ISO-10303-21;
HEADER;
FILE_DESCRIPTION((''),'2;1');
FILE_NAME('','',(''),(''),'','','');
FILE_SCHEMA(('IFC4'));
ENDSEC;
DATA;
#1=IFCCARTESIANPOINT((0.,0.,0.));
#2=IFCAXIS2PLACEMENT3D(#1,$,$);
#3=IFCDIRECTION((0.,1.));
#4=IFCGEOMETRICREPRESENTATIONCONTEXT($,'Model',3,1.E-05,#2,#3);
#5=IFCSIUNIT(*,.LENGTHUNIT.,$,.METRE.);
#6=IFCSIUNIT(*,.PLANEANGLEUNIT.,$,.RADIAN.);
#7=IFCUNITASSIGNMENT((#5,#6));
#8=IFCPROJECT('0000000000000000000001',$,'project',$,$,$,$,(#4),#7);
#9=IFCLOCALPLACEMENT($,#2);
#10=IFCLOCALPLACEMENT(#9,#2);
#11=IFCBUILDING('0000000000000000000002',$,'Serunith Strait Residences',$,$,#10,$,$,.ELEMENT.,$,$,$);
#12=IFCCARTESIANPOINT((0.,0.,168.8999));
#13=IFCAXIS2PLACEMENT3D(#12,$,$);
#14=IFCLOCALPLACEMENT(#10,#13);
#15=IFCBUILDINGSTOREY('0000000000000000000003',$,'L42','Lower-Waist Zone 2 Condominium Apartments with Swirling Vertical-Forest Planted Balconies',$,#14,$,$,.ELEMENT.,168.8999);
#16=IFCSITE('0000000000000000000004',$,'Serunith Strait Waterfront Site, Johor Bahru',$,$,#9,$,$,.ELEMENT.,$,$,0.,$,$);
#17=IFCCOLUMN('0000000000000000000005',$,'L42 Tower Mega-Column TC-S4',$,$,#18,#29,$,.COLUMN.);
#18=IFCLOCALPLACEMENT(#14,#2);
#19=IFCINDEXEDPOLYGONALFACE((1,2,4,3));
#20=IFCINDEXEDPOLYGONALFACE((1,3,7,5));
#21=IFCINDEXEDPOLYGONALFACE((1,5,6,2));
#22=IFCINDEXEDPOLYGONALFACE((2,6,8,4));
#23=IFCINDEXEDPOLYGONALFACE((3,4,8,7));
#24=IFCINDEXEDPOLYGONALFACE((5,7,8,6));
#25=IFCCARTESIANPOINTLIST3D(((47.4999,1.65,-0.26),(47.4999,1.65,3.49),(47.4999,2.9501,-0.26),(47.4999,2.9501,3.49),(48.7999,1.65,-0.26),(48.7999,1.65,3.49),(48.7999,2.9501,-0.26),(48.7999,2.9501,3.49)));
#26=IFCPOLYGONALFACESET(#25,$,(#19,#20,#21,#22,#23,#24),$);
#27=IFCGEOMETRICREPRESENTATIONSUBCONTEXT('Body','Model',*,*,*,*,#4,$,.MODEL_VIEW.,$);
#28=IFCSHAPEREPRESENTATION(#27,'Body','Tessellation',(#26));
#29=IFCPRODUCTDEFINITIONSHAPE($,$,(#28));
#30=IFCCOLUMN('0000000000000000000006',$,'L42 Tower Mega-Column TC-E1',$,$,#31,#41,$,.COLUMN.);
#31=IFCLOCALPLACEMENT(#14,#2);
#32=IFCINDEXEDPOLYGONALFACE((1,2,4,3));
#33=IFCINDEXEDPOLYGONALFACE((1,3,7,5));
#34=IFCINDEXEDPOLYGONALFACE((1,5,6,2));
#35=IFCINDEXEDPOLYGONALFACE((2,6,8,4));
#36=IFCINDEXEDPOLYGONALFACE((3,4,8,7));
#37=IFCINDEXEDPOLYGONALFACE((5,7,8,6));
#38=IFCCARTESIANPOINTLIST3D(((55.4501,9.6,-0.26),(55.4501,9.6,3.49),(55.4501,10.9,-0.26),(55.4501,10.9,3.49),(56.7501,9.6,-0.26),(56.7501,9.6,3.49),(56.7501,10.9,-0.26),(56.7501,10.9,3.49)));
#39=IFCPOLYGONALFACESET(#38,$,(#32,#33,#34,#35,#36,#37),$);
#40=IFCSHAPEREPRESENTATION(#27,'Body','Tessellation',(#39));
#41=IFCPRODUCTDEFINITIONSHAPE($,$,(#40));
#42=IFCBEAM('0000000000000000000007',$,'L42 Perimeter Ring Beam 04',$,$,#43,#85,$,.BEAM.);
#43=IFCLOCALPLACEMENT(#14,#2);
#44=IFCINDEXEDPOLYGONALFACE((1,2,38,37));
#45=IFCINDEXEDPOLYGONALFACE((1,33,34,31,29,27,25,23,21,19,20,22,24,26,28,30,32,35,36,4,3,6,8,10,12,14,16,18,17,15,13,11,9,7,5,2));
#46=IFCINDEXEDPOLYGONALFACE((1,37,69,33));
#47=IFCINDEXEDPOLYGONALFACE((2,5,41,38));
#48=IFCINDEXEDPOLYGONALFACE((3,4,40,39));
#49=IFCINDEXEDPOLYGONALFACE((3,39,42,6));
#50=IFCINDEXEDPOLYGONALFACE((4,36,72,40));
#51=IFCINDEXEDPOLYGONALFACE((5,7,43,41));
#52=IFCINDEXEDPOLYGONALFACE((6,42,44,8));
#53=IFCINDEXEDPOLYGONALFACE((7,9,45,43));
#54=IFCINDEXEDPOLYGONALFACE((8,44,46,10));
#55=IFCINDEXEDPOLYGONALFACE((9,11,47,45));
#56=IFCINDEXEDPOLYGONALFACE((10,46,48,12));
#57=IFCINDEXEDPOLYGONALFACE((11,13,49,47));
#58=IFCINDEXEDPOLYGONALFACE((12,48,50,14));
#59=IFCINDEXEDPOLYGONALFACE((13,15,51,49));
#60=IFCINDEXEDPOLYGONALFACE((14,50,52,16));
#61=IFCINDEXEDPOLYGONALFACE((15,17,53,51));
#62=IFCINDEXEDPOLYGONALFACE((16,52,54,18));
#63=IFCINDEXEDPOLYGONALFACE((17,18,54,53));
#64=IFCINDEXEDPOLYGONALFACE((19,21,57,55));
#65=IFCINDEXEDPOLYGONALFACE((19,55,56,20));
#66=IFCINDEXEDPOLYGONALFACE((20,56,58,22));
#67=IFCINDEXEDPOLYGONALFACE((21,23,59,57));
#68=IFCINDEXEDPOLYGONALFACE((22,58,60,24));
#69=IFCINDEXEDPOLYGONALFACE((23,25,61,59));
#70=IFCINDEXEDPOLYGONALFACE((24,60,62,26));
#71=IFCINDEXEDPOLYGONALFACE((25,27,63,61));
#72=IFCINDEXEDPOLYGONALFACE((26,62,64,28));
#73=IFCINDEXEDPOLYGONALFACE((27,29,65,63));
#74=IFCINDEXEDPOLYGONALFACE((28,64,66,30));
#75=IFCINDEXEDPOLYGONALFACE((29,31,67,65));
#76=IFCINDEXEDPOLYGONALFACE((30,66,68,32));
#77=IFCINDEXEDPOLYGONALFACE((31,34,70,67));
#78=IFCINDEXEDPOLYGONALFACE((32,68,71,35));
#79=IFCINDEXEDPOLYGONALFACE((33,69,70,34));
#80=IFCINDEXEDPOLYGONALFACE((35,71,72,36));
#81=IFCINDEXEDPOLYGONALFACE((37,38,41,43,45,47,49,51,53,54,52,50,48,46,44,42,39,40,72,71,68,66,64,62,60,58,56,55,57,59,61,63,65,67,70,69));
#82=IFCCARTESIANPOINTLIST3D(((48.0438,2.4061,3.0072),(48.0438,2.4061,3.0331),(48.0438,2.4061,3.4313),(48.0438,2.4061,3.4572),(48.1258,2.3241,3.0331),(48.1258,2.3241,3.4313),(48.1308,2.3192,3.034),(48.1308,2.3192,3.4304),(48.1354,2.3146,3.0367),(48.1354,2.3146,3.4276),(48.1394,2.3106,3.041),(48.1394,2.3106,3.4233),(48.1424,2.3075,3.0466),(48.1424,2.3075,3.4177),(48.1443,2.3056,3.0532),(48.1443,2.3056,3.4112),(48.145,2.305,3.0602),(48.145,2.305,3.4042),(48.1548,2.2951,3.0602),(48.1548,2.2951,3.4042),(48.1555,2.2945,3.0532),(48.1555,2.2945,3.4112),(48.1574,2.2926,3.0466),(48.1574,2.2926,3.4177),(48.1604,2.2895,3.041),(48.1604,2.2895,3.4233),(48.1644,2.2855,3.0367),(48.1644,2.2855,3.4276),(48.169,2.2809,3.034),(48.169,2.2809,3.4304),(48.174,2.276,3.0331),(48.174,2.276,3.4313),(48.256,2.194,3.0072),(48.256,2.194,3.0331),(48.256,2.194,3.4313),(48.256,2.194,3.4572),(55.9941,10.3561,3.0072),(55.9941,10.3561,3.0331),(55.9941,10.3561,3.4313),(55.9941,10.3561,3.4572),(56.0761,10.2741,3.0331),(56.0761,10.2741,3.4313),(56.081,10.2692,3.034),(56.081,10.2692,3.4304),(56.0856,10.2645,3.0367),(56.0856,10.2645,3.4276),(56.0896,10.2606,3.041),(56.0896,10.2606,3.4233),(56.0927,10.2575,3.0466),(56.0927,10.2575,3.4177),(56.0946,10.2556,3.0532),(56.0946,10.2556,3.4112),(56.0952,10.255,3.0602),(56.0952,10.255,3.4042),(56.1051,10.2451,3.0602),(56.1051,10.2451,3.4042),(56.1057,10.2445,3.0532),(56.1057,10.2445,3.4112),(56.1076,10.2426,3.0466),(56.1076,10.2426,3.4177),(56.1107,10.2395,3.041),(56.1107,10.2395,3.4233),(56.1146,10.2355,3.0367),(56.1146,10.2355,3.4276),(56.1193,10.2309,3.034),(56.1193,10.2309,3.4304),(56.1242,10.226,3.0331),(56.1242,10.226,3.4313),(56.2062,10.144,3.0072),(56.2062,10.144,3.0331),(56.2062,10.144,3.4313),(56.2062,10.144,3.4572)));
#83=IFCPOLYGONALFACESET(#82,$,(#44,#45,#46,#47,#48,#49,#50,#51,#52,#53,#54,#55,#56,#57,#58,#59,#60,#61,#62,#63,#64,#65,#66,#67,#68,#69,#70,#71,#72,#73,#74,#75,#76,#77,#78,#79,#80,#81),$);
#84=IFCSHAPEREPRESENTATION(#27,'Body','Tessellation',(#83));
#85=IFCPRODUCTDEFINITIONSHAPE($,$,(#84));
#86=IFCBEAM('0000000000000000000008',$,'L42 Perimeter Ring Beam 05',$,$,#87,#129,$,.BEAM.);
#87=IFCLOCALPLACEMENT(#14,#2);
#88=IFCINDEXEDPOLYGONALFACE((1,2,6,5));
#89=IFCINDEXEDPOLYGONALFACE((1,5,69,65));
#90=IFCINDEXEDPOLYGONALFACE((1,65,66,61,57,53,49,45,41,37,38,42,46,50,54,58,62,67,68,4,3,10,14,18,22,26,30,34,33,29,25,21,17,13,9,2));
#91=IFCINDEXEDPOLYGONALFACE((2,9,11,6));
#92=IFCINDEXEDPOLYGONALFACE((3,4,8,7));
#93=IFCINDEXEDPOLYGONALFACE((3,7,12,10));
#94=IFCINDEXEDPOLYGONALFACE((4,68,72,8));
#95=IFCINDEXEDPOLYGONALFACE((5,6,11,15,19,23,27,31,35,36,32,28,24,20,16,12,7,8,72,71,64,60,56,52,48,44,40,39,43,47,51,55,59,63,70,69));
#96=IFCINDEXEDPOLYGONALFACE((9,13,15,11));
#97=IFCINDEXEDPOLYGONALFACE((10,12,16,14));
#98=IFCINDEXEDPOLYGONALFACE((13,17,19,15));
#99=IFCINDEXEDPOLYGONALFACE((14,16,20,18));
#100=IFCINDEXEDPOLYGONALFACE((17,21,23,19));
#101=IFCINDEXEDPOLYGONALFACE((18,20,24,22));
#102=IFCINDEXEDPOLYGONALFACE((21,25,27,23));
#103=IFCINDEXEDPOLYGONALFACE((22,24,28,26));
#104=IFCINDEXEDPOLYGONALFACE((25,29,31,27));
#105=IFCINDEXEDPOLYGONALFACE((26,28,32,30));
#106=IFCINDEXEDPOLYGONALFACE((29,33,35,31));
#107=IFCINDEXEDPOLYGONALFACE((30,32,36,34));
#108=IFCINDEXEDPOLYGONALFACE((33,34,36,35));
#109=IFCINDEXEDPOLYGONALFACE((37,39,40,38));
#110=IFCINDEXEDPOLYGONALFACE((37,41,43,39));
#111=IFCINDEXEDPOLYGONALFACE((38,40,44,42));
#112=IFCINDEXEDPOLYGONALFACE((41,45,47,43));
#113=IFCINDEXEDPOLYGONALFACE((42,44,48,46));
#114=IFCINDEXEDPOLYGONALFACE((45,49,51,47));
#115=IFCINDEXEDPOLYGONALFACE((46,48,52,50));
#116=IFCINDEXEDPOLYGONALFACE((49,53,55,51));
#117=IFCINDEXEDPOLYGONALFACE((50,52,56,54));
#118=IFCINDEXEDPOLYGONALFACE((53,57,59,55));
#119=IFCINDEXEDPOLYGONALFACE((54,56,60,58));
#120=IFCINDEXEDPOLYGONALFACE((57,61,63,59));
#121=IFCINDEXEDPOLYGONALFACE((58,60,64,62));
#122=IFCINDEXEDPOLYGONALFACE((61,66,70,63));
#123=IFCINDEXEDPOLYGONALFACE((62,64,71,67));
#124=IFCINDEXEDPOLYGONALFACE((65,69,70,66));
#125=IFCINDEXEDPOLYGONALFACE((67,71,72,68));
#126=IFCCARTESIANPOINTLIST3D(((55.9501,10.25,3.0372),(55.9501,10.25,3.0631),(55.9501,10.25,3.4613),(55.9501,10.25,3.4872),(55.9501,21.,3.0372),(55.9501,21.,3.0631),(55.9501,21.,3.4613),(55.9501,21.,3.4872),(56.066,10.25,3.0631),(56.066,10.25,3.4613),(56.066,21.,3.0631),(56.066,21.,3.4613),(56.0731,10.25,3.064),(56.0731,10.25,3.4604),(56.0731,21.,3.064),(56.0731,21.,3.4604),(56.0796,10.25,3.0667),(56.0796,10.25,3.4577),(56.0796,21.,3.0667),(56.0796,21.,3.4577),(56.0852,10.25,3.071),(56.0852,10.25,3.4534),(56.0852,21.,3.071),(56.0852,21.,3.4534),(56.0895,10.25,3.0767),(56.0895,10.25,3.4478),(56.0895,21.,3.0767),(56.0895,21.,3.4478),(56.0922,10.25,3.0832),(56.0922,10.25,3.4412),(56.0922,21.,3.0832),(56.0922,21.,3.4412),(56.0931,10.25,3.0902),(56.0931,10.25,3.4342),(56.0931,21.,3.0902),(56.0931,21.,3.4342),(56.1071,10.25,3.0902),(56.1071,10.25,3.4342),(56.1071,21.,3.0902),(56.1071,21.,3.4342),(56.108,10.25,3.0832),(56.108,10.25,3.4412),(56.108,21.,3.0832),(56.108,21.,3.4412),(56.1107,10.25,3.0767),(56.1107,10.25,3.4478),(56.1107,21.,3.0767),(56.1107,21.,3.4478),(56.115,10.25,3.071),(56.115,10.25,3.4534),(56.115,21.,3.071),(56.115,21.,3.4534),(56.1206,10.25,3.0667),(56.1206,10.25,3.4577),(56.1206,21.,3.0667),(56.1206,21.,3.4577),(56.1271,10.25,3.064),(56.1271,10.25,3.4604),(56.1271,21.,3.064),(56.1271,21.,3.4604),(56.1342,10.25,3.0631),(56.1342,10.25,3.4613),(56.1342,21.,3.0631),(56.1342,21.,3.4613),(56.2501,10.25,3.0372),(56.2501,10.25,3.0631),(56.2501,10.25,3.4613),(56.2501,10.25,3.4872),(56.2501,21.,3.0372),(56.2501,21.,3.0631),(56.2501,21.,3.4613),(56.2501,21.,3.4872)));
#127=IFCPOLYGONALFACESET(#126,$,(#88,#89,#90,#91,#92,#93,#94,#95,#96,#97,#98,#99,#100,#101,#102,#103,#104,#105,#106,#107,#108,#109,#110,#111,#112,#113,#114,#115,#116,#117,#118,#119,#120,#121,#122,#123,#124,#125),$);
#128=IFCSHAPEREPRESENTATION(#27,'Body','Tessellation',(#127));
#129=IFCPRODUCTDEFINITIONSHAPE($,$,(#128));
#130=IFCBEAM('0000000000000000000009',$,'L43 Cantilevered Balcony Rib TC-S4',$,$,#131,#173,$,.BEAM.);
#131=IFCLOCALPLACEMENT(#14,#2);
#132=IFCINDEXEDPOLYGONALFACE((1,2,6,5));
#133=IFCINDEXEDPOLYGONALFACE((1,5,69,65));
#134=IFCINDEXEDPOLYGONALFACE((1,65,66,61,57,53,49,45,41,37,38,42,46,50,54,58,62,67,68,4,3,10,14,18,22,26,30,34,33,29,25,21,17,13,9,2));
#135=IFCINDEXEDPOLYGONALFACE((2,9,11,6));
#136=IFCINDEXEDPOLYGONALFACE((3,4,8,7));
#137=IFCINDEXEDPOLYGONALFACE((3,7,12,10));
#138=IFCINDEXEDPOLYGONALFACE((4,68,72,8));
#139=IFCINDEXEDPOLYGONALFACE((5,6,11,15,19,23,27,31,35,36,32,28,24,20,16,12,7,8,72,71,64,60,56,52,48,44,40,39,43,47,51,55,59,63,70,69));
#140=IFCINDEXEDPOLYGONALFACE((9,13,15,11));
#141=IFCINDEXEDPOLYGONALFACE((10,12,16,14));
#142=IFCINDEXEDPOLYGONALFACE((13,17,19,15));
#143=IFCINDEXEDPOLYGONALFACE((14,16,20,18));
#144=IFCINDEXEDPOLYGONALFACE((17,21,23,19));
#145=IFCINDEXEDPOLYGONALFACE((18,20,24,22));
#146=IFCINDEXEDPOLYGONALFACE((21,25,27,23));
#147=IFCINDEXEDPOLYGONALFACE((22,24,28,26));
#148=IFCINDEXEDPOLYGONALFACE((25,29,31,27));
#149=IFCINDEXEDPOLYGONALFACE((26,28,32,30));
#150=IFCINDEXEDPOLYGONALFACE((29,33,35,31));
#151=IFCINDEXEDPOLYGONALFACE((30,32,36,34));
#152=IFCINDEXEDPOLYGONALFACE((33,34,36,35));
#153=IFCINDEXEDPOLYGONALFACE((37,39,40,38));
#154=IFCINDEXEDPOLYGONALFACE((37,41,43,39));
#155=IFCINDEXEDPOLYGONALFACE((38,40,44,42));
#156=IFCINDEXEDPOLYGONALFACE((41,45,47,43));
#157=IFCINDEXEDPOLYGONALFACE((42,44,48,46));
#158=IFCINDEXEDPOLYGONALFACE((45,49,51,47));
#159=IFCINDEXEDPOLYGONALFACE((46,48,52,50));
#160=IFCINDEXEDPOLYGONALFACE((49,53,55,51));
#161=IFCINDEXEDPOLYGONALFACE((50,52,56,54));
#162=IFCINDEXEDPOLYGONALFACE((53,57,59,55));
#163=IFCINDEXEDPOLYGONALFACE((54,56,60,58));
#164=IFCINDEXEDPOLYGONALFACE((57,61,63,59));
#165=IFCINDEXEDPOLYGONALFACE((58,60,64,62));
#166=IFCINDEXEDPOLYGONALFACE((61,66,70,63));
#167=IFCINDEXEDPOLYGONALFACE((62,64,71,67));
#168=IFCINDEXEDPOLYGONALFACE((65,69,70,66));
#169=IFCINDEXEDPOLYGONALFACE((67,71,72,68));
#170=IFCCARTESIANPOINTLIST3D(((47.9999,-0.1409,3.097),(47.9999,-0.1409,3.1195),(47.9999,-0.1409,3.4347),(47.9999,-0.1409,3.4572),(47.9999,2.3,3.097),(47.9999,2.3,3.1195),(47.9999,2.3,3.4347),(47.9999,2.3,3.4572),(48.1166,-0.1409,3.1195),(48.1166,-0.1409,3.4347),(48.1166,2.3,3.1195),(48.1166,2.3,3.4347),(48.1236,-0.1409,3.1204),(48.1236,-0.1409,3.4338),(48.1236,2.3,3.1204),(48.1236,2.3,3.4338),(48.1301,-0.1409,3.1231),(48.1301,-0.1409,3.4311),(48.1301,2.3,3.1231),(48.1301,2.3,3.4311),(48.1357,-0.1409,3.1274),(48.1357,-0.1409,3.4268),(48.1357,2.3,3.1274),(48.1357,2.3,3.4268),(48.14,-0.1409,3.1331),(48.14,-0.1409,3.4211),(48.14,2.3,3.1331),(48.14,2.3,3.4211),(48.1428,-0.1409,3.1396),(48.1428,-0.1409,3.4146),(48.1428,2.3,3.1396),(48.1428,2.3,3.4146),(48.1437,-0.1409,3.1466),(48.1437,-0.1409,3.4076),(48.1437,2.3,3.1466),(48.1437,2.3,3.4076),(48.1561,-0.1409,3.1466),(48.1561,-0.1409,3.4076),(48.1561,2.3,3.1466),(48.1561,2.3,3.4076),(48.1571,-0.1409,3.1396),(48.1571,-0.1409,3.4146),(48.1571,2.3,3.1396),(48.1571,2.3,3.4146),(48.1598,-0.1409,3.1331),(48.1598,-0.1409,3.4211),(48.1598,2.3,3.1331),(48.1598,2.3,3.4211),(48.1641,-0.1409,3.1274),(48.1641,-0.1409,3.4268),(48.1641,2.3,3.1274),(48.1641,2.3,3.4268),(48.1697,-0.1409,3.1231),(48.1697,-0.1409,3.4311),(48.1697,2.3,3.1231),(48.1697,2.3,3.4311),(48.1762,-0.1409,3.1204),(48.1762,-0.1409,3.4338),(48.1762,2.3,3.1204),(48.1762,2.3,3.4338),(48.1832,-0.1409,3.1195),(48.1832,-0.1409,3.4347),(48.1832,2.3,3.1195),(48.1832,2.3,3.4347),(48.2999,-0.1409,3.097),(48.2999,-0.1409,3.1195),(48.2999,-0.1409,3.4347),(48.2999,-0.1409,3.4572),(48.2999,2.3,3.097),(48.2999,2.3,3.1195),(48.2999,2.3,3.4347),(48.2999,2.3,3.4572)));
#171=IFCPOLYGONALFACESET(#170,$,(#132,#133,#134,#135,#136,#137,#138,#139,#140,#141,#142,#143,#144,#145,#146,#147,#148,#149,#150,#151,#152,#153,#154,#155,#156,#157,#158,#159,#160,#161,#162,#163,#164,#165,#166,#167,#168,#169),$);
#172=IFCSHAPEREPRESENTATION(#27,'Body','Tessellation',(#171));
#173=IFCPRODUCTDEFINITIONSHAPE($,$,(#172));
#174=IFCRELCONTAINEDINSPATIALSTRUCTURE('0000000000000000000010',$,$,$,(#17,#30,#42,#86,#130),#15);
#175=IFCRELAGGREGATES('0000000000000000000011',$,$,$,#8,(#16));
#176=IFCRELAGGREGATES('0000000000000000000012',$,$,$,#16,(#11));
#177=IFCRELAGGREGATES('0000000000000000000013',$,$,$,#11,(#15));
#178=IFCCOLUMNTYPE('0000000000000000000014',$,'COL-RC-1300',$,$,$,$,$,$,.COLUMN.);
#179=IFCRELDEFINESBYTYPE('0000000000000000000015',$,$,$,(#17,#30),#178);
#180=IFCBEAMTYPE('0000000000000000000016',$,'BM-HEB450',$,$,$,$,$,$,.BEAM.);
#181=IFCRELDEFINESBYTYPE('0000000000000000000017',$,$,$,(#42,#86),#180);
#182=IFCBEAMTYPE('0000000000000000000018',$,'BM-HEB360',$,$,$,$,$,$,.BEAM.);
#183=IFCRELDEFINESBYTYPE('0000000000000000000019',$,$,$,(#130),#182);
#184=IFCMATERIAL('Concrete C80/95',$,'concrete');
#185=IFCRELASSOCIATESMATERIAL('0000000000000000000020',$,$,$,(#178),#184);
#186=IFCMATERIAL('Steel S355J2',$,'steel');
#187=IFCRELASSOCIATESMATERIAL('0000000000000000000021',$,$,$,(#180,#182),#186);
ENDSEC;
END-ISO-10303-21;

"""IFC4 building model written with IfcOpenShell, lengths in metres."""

from ifc_helpers import new_model, si_unit, direction, frame, origin, origin_2d, place, context, subcontext, project, spatial, rectangle, i_section, extrude, source, transform, mapped, material, material_profile, profile_set, type_object, element, save


model = new_model("IFC4")

# Units and contexts
model_context = context("Model", 3, precision=1e-05, world=origin(), true_north=direction((0.0, 1.0)))
body_context = subcontext(model_context, "Body", "Model", "MODEL_VIEW")
ifc_project = project(units=[si_unit("LENGTHUNIT", "METRE"), si_unit("PLANEANGLEUNIT", "RADIAN")], contexts=[model_context])

# Site, building, storey
site_placement = place(None, origin())
site = spatial("IfcSite", under=ifc_project, at=site_placement, Name="Serunith Strait Waterfront Site, Johor Bahru", CompositionType="ELEMENT", RefElevation=0.0)
building_placement = place(site_placement, origin())
building = spatial("IfcBuilding", under=site, at=building_placement, Name="Serunith Strait Residences", CompositionType="ELEMENT")
storey_placement = place(building_placement, frame((0.0, 0.0, 168.8999)))
storey = spatial("IfcBuildingStorey", under=building, at=storey_placement, Name="L42", Description="Lower-Waist Zone 2 Condominium Apartments with Swirling Vertical-Forest Planted Balconies", CompositionType="ELEMENT", Elevation=168.8999)

# Columns
ifc_material_1 = material(Name="Concrete C80/95", Category="concrete")
ifc_material_profile_1 = material_profile(ifc_material_1, rectangle(XDim=1.3, YDim=1.3, at=origin_2d()), Name="RC 1300x1300")
ifc_profile_set_1 = profile_set([ifc_material_profile_1], Name="Concrete C80/95")
column_type = type_object("IfcColumnType", Name="COL-RC-1300", PredefinedType="COLUMN", material=ifc_profile_set_1)
shared_shape_1 = source(origin(), body_context, "Body", "SweptSolid", [
    extrude(rectangle(XDim=1.3, YDim=1.3, at=origin_2d()), origin(), (0.0, 0.0, 1.0), 3.75),
])
for number, where, z_axis, x_axis, name in (
    (1, (48.1499, 2.3, -0.26), (0.0, 0.0, 1.0), (1.0, 0.0, 0.0), "L42 Tower Mega-Column TC-S4"),
    (2, (56.1001, 10.25, -0.26), (0.0, 0.0, 1.0), (1.0, 0.0, 0.0), "L42 Tower Mega-Column TC-E1"),
):
    element("IfcColumn", number, at=place(storey_placement, frame(where, z_axis=z_axis, x_axis=x_axis)), inside=storey, type_object=column_type, Name=name, PredefinedType="COLUMN", context=body_context, shape_type="MappedRepresentation", body=[
        mapped(shared_shape_1, transform((0.0, 0.0, 0.0), scale=1.0)),
    ])

# Beams
ifc_material_2 = material(Name="Steel S355J2", Category="steel")
ifc_material_profile_2 = material_profile(ifc_material_2, i_section(OverallWidth=0.3, OverallDepth=0.45, WebThickness=0.0139, FlangeThickness=0.0259, FilletRadius=0.0271, at=origin_2d()), Name="HEB 450")
ifc_profile_set_2 = profile_set([ifc_material_profile_2], Name="Steel S355J2")
beam_type_1 = type_object("IfcBeamType", Name="BM-HEB450", PredefinedType="BEAM", material=ifc_profile_set_2)
shared_shape_2 = source(origin(), body_context, "Body", "SweptSolid", [
    extrude(i_section(OverallWidth=0.3, OverallDepth=0.45, WebThickness=0.0139, FlangeThickness=0.0259, FilletRadius=0.0271, at=origin_2d()), origin(), (0.0, 0.0, 1.0), 11.2432),
])
beam_1_placement = place(storey_placement, frame((48.1499, 2.3, 3.2322), z_axis=(0.707118, 0.707096, 0.0), x_axis=(-0.707096, 0.707118, 0.0)))
element("IfcBeam", 3, at=beam_1_placement, inside=storey, type_object=beam_type_1, Name="L42 Perimeter Ring Beam 04", PredefinedType="BEAM", context=body_context, shape_type="MappedRepresentation", body=[
    mapped(shared_shape_2, transform((0.0, 0.0, 0.0), scale=1.0)),
])
shared_shape_3 = source(origin(), body_context, "Body", "SweptSolid", [
    extrude(i_section(OverallWidth=0.3, OverallDepth=0.45, WebThickness=0.0139, FlangeThickness=0.0259, FilletRadius=0.0271, at=origin_2d()), origin(), (0.0, 0.0, 1.0), 10.75),
])
beam_2_placement = place(storey_placement, frame((56.1001, 10.25, 3.2622), z_axis=(0.0, 1.0, 0.0), x_axis=(-1.0, 0.0, 0.0)))
element("IfcBeam", 4, at=beam_2_placement, inside=storey, type_object=beam_type_1, Name="L42 Perimeter Ring Beam 05", PredefinedType="BEAM", context=body_context, shape_type="MappedRepresentation", body=[
    mapped(shared_shape_3, transform((0.0, 0.0, 0.0), scale=1.0)),
])
ifc_material_profile_3 = material_profile(ifc_material_2, i_section(OverallWidth=0.3, OverallDepth=0.3601, WebThickness=0.0125, FlangeThickness=0.0225, FilletRadius=0.0271, at=origin_2d()), Name="HEB 360")
ifc_profile_set_3 = profile_set([ifc_material_profile_3], Name="Steel S355J2")
beam_type_2 = type_object("IfcBeamType", Name="BM-HEB360", PredefinedType="BEAM", material=ifc_profile_set_3)
shared_shape_4 = source(origin(), body_context, "Body", "SweptSolid", [
    extrude(i_section(OverallWidth=0.3, OverallDepth=0.3601, WebThickness=0.0125, FlangeThickness=0.0225, FilletRadius=0.0271, at=origin_2d()), origin(), (0.0, 0.0, 1.0), 2.4409),
])
beam_3_placement = place(storey_placement, frame((48.1499, 2.3, 3.2771), z_axis=(0.0, -1.0, 0.0), x_axis=(1.0, 0.0, 0.0)))
element("IfcBeam", 5, at=beam_3_placement, inside=storey, type_object=beam_type_2, Name="L43 Cantilevered Balcony Rib TC-S4", PredefinedType="BEAM", context=body_context, shape_type="MappedRepresentation", body=[
    mapped(shared_shape_4, transform((0.0, 0.0, 0.0), scale=1.0)),
])

save(model, "model.ifc")
